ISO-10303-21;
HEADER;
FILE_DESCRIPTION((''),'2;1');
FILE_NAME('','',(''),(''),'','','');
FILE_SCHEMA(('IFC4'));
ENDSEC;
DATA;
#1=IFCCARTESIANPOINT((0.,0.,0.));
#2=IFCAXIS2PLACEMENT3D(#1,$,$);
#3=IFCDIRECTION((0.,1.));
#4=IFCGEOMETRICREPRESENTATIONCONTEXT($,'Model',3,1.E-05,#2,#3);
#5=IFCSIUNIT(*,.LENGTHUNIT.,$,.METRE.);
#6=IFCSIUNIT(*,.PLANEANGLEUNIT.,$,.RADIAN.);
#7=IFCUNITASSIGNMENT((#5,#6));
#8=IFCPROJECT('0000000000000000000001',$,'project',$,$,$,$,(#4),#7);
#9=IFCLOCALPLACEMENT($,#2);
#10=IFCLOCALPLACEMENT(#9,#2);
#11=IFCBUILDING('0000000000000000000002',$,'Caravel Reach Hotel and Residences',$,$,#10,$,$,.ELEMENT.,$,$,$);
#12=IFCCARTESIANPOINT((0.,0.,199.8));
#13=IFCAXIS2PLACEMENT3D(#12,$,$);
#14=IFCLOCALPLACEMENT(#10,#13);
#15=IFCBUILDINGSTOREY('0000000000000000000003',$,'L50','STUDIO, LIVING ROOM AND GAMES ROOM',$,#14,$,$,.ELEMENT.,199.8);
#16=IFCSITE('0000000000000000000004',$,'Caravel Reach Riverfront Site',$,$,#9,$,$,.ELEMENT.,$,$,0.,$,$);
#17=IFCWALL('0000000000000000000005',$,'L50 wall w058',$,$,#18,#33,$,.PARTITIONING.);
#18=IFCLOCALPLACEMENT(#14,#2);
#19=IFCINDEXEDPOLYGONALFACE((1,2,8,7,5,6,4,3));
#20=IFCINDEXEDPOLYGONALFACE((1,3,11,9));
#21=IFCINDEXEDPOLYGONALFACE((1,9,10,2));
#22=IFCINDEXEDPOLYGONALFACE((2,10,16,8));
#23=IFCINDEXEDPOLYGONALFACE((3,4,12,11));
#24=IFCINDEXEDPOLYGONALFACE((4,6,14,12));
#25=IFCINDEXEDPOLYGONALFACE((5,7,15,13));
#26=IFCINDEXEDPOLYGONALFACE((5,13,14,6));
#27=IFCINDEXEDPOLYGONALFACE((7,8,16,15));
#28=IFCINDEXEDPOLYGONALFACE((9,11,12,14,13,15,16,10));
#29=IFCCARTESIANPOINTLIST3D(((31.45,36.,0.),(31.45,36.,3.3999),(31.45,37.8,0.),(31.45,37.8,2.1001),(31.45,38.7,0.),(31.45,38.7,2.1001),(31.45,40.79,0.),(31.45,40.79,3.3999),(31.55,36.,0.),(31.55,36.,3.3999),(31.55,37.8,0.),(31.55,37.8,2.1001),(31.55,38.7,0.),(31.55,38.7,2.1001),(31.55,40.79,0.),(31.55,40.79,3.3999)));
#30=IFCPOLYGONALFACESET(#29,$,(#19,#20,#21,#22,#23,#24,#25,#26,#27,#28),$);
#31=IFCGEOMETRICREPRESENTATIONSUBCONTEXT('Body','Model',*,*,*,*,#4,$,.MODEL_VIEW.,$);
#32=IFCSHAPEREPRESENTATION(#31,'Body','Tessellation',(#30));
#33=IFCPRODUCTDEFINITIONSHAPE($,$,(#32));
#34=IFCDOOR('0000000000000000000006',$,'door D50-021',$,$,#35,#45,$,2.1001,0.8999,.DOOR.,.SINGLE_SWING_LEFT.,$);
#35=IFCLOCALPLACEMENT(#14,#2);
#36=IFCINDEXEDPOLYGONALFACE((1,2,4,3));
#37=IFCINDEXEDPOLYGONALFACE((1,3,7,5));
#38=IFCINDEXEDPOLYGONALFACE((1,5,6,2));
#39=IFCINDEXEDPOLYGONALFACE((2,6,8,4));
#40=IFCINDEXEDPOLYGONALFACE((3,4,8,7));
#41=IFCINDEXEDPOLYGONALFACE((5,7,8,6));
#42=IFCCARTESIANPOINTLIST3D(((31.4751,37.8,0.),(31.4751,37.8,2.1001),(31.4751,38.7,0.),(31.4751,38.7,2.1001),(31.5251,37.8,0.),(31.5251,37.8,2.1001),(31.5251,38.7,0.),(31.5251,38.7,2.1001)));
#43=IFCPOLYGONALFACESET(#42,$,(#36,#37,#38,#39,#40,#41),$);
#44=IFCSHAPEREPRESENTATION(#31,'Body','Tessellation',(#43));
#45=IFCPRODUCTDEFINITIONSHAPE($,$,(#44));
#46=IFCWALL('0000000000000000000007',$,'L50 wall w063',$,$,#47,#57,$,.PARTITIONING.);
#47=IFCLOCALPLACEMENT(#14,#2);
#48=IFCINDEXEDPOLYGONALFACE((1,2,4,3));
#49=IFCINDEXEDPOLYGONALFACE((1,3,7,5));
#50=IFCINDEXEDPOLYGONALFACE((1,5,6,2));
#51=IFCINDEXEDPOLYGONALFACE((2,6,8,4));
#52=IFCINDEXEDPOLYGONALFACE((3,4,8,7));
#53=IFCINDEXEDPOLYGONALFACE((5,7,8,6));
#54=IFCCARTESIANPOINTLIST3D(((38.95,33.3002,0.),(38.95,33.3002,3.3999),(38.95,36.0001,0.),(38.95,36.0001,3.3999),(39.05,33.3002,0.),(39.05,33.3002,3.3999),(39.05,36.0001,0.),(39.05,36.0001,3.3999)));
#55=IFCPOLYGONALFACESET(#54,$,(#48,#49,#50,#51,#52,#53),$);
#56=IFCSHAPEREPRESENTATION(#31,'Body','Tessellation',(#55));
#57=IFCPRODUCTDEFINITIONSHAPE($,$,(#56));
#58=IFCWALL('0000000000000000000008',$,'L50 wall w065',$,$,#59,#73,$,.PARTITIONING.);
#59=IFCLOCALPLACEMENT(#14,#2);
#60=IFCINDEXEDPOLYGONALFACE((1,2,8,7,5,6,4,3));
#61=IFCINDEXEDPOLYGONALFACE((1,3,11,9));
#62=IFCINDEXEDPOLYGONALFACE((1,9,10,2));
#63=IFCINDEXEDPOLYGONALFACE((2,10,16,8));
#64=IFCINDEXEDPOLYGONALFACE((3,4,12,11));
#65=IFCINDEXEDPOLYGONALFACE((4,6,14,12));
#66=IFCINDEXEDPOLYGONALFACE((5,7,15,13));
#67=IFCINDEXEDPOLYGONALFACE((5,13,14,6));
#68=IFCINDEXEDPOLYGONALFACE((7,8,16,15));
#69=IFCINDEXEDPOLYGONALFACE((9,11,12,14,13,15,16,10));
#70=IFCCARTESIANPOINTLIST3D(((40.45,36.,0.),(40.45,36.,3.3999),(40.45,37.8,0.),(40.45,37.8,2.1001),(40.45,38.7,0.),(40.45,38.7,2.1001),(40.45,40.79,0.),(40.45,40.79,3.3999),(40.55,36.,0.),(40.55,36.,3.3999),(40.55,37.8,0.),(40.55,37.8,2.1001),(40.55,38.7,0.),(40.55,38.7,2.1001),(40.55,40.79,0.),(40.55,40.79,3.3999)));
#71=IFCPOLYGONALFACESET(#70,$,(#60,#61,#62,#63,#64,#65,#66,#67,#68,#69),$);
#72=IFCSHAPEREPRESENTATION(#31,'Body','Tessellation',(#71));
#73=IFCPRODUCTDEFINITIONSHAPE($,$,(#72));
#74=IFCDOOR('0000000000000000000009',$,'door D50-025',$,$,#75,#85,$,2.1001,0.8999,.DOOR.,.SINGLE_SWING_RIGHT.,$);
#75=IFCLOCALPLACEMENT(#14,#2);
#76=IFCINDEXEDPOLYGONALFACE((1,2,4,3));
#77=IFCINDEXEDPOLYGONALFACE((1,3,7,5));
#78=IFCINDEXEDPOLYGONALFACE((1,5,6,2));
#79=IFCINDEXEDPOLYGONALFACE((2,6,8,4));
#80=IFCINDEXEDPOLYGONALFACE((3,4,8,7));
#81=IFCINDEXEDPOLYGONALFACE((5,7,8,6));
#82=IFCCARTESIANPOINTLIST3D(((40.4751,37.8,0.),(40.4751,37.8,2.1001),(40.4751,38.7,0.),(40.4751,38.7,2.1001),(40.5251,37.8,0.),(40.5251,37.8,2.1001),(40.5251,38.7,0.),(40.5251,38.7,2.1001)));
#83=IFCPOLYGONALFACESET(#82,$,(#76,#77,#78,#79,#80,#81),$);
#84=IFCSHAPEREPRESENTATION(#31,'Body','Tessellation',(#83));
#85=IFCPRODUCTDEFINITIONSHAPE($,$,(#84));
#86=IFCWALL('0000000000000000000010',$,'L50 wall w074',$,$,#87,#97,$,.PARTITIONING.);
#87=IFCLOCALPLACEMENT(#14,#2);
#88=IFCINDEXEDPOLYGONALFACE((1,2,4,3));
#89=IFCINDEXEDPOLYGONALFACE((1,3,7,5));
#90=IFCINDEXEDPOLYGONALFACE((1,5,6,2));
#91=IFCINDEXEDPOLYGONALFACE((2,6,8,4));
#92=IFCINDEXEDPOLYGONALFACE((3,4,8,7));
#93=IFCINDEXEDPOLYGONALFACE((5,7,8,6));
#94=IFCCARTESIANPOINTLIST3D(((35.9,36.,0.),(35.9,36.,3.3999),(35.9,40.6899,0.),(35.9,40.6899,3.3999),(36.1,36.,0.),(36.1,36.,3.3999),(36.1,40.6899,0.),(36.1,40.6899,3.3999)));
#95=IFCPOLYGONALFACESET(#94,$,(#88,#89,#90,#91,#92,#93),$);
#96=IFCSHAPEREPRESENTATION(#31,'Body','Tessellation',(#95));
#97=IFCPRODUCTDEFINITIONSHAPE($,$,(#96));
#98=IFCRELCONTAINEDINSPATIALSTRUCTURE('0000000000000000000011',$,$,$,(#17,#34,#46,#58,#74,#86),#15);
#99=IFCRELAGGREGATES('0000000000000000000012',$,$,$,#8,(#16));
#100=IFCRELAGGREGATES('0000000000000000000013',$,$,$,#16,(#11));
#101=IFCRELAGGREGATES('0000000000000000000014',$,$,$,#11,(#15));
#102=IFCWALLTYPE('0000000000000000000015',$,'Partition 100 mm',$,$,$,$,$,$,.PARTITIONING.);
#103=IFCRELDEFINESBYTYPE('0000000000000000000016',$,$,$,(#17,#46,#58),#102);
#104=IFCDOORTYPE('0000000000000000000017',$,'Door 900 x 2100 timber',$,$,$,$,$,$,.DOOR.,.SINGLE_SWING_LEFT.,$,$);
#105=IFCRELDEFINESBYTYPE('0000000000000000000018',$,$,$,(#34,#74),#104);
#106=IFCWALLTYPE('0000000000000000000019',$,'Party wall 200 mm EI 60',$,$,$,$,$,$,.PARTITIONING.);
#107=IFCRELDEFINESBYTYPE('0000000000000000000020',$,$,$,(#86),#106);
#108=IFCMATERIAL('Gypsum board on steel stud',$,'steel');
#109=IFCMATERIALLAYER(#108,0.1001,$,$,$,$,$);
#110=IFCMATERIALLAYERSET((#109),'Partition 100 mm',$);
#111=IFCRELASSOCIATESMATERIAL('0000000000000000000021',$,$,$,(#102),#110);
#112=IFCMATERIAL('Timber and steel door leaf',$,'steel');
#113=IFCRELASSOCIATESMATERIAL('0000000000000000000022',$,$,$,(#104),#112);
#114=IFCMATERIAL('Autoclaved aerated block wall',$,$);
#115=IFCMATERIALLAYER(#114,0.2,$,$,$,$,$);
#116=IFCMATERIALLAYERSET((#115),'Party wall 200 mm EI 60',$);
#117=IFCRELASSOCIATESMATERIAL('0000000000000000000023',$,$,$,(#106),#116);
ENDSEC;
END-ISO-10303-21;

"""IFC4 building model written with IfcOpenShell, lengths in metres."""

from ifc_helpers import new_model, si_unit, direction, frame, frame_2d, origin, place, context, subcontext, project, spatial, rectangle, extrude, material, layer, layer_set, type_object, element, fill, save


model = new_model("IFC4")

# Units and contexts
model_context = context("Model", 3, precision=1e-05, world=origin(), true_north=direction((0.0, 1.0)))
body_context = subcontext(model_context, "Body", "Model", "MODEL_VIEW")
ifc_project = project(units=[si_unit("LENGTHUNIT", "METRE"), si_unit("PLANEANGLEUNIT", "RADIAN")], contexts=[model_context])

# Site, building, storey
site_placement = place(None, origin())
site = spatial("IfcSite", under=ifc_project, at=site_placement, Name="Caravel Reach Riverfront Site", CompositionType="ELEMENT", RefElevation=0.0)
building_placement = place(site_placement, origin())
building = spatial("IfcBuilding", under=site, at=building_placement, Name="Caravel Reach Hotel and Residences", CompositionType="ELEMENT")
storey_placement = place(building_placement, frame((0.0, 0.0, 199.8)))
storey = spatial("IfcBuildingStorey", under=building, at=storey_placement, Name="L50", Description="STUDIO, LIVING ROOM AND GAMES ROOM", CompositionType="ELEMENT", Elevation=199.8)

# Shared definitions
ifc_material_1 = material(Name="Gypsum board on steel stud", Category="steel")
ifc_layer_1 = layer(ifc_material_1, 0.1001)
ifc_layer_set_1 = layer_set([ifc_layer_1], Name="Partition 100 mm")
wall_type_1 = type_object("IfcWallType", Name="Partition 100 mm", PredefinedType="PARTITIONING", material=ifc_layer_set_1)

# Shared definitions
ifc_material_2 = material(Name="Timber and steel door leaf", Category="steel")
door_type_1 = type_object("IfcDoorType", Name="Door 900 x 2100 timber", OperationType="SINGLE_SWING_LEFT", PredefinedType="DOOR", material=ifc_material_2)

# Wall, opening, door
wall_1_placement = place(storey_placement, frame((31.5, 36.0, 0.0), z_axis=(0.0, 0.0, 1.0), x_axis=(0.0, 1.0, 0.0)))
wall_1 = element("IfcWall", 1, at=wall_1_placement, inside=storey, type_object=wall_type_1, Name="L50 wall w058", PredefinedType="PARTITIONING", context=body_context, shape_type="SweptSolid", body=[
    extrude(rectangle(XDim=4.79, YDim=0.1001, at=frame_2d((2.395, 0.0))), origin(), (0.0, 0.0, 1.0), 3.3999),
])
opening_1_placement = place(wall_1_placement, frame((1.8, 0.0, 0.0)))
opening_1 = element("IfcOpeningElement", 2, at=opening_1_placement, cuts=wall_1, PredefinedType="OPENING", context=body_context, shape_type="SweptSolid", body=[
    extrude(rectangle(XDim=0.8999, YDim=2.1001, at=frame_2d((0.45, 1.05))), frame((0.0, 0.0601, 0.0), z_axis=(0.0, -1.0, 0.0), x_axis=(1.0, 0.0, 0.0)), (0.0, 0.0, 1.0), 0.1201),
])
door_1_placement = place(opening_1_placement, origin())
door_1 = element("IfcDoor", 3, at=door_1_placement, inside=storey, type_object=door_type_1, Name="door D50-021", OperationType="SINGLE_SWING_LEFT", OverallHeight=2.1001, OverallWidth=0.8999, PredefinedType="DOOR", context=body_context, shape_type="SweptSolid", body=[
    extrude(rectangle(XDim=0.8999, YDim=2.1001, at=frame_2d((0.45, 1.05))), frame((0.0, 0.0249, 0.0), z_axis=(0.0, -1.0, 0.0), x_axis=(1.0, 0.0, 0.0)), (0.0, 0.0, 1.0), 0.05),
])
fill(opening_1, door_1)

# Wall
wall_2_placement = place(storey_placement, frame((39.0, 33.3, 0.0), z_axis=(0.0, 0.0, 1.0), x_axis=(0.0, 1.0, 0.0)))
element("IfcWall", 4, at=wall_2_placement, inside=storey, type_object=wall_type_1, Name="L50 wall w063", PredefinedType="PARTITIONING", context=body_context, shape_type="SweptSolid", body=[
    extrude(rectangle(XDim=2.7, YDim=0.1001, at=frame_2d((1.3501, 0.0))), origin(), (0.0, 0.0, 1.0), 3.3999),
])

# Wall, opening, door
wall_3_placement = place(storey_placement, frame((40.5, 36.0, 0.0), z_axis=(0.0, 0.0, 1.0), x_axis=(0.0, 1.0, 0.0)))
wall_3 = element("IfcWall", 5, at=wall_3_placement, inside=storey, type_object=wall_type_1, Name="L50 wall w065", PredefinedType="PARTITIONING", context=body_context, shape_type="SweptSolid", body=[
    extrude(rectangle(XDim=4.79, YDim=0.1001, at=frame_2d((2.395, 0.0))), origin(), (0.0, 0.0, 1.0), 3.3999),
])
opening_2_placement = place(wall_3_placement, frame((1.8, 0.0, 0.0)))
opening_2 = element("IfcOpeningElement", 6, at=opening_2_placement, cuts=wall_3, PredefinedType="OPENING", context=body_context, shape_type="SweptSolid", body=[
    extrude(rectangle(XDim=0.8999, YDim=2.1001, at=frame_2d((0.45, 1.05))), frame((0.0, 0.0601, 0.0), z_axis=(0.0, -1.0, 0.0), x_axis=(1.0, 0.0, 0.0)), (0.0, 0.0, 1.0), 0.1201),
])
door_2_placement = place(opening_2_placement, origin())
door_2 = element("IfcDoor", 7, at=door_2_placement, inside=storey, type_object=door_type_1, Name="door D50-025", OperationType="SINGLE_SWING_RIGHT", OverallHeight=2.1001, OverallWidth=0.8999, PredefinedType="DOOR", context=body_context, shape_type="SweptSolid", body=[
    extrude(rectangle(XDim=0.8999, YDim=2.1001, at=frame_2d((0.45, 1.05))), frame((0.0, 0.0249, 0.0), z_axis=(0.0, -1.0, 0.0), x_axis=(1.0, 0.0, 0.0)), (0.0, 0.0, 1.0), 0.05),
])
fill(opening_2, door_2)

# Wall
ifc_material_3 = material(Name="Autoclaved aerated block wall")
ifc_layer_2 = layer(ifc_material_3, 0.2)
ifc_layer_set_2 = layer_set([ifc_layer_2], Name="Party wall 200 mm EI 60")
wall_type_2 = type_object("IfcWallType", Name="Party wall 200 mm EI 60", PredefinedType="PARTITIONING", material=ifc_layer_set_2)
wall_4_placement = place(storey_placement, frame((36.0, 36.0, 0.0), z_axis=(0.0, 0.0, 1.0), x_axis=(0.0, 1.0, 0.0)))
element("IfcWall", 8, at=wall_4_placement, inside=storey, type_object=wall_type_2, Name="L50 wall w074", PredefinedType="PARTITIONING", context=body_context, shape_type="SweptSolid", body=[
    extrude(rectangle(XDim=4.6899, YDim=0.2, at=frame_2d((2.345, 0.0))), origin(), (0.0, 0.0, 1.0), 3.3999),
])

save(model, "model.ifc")
